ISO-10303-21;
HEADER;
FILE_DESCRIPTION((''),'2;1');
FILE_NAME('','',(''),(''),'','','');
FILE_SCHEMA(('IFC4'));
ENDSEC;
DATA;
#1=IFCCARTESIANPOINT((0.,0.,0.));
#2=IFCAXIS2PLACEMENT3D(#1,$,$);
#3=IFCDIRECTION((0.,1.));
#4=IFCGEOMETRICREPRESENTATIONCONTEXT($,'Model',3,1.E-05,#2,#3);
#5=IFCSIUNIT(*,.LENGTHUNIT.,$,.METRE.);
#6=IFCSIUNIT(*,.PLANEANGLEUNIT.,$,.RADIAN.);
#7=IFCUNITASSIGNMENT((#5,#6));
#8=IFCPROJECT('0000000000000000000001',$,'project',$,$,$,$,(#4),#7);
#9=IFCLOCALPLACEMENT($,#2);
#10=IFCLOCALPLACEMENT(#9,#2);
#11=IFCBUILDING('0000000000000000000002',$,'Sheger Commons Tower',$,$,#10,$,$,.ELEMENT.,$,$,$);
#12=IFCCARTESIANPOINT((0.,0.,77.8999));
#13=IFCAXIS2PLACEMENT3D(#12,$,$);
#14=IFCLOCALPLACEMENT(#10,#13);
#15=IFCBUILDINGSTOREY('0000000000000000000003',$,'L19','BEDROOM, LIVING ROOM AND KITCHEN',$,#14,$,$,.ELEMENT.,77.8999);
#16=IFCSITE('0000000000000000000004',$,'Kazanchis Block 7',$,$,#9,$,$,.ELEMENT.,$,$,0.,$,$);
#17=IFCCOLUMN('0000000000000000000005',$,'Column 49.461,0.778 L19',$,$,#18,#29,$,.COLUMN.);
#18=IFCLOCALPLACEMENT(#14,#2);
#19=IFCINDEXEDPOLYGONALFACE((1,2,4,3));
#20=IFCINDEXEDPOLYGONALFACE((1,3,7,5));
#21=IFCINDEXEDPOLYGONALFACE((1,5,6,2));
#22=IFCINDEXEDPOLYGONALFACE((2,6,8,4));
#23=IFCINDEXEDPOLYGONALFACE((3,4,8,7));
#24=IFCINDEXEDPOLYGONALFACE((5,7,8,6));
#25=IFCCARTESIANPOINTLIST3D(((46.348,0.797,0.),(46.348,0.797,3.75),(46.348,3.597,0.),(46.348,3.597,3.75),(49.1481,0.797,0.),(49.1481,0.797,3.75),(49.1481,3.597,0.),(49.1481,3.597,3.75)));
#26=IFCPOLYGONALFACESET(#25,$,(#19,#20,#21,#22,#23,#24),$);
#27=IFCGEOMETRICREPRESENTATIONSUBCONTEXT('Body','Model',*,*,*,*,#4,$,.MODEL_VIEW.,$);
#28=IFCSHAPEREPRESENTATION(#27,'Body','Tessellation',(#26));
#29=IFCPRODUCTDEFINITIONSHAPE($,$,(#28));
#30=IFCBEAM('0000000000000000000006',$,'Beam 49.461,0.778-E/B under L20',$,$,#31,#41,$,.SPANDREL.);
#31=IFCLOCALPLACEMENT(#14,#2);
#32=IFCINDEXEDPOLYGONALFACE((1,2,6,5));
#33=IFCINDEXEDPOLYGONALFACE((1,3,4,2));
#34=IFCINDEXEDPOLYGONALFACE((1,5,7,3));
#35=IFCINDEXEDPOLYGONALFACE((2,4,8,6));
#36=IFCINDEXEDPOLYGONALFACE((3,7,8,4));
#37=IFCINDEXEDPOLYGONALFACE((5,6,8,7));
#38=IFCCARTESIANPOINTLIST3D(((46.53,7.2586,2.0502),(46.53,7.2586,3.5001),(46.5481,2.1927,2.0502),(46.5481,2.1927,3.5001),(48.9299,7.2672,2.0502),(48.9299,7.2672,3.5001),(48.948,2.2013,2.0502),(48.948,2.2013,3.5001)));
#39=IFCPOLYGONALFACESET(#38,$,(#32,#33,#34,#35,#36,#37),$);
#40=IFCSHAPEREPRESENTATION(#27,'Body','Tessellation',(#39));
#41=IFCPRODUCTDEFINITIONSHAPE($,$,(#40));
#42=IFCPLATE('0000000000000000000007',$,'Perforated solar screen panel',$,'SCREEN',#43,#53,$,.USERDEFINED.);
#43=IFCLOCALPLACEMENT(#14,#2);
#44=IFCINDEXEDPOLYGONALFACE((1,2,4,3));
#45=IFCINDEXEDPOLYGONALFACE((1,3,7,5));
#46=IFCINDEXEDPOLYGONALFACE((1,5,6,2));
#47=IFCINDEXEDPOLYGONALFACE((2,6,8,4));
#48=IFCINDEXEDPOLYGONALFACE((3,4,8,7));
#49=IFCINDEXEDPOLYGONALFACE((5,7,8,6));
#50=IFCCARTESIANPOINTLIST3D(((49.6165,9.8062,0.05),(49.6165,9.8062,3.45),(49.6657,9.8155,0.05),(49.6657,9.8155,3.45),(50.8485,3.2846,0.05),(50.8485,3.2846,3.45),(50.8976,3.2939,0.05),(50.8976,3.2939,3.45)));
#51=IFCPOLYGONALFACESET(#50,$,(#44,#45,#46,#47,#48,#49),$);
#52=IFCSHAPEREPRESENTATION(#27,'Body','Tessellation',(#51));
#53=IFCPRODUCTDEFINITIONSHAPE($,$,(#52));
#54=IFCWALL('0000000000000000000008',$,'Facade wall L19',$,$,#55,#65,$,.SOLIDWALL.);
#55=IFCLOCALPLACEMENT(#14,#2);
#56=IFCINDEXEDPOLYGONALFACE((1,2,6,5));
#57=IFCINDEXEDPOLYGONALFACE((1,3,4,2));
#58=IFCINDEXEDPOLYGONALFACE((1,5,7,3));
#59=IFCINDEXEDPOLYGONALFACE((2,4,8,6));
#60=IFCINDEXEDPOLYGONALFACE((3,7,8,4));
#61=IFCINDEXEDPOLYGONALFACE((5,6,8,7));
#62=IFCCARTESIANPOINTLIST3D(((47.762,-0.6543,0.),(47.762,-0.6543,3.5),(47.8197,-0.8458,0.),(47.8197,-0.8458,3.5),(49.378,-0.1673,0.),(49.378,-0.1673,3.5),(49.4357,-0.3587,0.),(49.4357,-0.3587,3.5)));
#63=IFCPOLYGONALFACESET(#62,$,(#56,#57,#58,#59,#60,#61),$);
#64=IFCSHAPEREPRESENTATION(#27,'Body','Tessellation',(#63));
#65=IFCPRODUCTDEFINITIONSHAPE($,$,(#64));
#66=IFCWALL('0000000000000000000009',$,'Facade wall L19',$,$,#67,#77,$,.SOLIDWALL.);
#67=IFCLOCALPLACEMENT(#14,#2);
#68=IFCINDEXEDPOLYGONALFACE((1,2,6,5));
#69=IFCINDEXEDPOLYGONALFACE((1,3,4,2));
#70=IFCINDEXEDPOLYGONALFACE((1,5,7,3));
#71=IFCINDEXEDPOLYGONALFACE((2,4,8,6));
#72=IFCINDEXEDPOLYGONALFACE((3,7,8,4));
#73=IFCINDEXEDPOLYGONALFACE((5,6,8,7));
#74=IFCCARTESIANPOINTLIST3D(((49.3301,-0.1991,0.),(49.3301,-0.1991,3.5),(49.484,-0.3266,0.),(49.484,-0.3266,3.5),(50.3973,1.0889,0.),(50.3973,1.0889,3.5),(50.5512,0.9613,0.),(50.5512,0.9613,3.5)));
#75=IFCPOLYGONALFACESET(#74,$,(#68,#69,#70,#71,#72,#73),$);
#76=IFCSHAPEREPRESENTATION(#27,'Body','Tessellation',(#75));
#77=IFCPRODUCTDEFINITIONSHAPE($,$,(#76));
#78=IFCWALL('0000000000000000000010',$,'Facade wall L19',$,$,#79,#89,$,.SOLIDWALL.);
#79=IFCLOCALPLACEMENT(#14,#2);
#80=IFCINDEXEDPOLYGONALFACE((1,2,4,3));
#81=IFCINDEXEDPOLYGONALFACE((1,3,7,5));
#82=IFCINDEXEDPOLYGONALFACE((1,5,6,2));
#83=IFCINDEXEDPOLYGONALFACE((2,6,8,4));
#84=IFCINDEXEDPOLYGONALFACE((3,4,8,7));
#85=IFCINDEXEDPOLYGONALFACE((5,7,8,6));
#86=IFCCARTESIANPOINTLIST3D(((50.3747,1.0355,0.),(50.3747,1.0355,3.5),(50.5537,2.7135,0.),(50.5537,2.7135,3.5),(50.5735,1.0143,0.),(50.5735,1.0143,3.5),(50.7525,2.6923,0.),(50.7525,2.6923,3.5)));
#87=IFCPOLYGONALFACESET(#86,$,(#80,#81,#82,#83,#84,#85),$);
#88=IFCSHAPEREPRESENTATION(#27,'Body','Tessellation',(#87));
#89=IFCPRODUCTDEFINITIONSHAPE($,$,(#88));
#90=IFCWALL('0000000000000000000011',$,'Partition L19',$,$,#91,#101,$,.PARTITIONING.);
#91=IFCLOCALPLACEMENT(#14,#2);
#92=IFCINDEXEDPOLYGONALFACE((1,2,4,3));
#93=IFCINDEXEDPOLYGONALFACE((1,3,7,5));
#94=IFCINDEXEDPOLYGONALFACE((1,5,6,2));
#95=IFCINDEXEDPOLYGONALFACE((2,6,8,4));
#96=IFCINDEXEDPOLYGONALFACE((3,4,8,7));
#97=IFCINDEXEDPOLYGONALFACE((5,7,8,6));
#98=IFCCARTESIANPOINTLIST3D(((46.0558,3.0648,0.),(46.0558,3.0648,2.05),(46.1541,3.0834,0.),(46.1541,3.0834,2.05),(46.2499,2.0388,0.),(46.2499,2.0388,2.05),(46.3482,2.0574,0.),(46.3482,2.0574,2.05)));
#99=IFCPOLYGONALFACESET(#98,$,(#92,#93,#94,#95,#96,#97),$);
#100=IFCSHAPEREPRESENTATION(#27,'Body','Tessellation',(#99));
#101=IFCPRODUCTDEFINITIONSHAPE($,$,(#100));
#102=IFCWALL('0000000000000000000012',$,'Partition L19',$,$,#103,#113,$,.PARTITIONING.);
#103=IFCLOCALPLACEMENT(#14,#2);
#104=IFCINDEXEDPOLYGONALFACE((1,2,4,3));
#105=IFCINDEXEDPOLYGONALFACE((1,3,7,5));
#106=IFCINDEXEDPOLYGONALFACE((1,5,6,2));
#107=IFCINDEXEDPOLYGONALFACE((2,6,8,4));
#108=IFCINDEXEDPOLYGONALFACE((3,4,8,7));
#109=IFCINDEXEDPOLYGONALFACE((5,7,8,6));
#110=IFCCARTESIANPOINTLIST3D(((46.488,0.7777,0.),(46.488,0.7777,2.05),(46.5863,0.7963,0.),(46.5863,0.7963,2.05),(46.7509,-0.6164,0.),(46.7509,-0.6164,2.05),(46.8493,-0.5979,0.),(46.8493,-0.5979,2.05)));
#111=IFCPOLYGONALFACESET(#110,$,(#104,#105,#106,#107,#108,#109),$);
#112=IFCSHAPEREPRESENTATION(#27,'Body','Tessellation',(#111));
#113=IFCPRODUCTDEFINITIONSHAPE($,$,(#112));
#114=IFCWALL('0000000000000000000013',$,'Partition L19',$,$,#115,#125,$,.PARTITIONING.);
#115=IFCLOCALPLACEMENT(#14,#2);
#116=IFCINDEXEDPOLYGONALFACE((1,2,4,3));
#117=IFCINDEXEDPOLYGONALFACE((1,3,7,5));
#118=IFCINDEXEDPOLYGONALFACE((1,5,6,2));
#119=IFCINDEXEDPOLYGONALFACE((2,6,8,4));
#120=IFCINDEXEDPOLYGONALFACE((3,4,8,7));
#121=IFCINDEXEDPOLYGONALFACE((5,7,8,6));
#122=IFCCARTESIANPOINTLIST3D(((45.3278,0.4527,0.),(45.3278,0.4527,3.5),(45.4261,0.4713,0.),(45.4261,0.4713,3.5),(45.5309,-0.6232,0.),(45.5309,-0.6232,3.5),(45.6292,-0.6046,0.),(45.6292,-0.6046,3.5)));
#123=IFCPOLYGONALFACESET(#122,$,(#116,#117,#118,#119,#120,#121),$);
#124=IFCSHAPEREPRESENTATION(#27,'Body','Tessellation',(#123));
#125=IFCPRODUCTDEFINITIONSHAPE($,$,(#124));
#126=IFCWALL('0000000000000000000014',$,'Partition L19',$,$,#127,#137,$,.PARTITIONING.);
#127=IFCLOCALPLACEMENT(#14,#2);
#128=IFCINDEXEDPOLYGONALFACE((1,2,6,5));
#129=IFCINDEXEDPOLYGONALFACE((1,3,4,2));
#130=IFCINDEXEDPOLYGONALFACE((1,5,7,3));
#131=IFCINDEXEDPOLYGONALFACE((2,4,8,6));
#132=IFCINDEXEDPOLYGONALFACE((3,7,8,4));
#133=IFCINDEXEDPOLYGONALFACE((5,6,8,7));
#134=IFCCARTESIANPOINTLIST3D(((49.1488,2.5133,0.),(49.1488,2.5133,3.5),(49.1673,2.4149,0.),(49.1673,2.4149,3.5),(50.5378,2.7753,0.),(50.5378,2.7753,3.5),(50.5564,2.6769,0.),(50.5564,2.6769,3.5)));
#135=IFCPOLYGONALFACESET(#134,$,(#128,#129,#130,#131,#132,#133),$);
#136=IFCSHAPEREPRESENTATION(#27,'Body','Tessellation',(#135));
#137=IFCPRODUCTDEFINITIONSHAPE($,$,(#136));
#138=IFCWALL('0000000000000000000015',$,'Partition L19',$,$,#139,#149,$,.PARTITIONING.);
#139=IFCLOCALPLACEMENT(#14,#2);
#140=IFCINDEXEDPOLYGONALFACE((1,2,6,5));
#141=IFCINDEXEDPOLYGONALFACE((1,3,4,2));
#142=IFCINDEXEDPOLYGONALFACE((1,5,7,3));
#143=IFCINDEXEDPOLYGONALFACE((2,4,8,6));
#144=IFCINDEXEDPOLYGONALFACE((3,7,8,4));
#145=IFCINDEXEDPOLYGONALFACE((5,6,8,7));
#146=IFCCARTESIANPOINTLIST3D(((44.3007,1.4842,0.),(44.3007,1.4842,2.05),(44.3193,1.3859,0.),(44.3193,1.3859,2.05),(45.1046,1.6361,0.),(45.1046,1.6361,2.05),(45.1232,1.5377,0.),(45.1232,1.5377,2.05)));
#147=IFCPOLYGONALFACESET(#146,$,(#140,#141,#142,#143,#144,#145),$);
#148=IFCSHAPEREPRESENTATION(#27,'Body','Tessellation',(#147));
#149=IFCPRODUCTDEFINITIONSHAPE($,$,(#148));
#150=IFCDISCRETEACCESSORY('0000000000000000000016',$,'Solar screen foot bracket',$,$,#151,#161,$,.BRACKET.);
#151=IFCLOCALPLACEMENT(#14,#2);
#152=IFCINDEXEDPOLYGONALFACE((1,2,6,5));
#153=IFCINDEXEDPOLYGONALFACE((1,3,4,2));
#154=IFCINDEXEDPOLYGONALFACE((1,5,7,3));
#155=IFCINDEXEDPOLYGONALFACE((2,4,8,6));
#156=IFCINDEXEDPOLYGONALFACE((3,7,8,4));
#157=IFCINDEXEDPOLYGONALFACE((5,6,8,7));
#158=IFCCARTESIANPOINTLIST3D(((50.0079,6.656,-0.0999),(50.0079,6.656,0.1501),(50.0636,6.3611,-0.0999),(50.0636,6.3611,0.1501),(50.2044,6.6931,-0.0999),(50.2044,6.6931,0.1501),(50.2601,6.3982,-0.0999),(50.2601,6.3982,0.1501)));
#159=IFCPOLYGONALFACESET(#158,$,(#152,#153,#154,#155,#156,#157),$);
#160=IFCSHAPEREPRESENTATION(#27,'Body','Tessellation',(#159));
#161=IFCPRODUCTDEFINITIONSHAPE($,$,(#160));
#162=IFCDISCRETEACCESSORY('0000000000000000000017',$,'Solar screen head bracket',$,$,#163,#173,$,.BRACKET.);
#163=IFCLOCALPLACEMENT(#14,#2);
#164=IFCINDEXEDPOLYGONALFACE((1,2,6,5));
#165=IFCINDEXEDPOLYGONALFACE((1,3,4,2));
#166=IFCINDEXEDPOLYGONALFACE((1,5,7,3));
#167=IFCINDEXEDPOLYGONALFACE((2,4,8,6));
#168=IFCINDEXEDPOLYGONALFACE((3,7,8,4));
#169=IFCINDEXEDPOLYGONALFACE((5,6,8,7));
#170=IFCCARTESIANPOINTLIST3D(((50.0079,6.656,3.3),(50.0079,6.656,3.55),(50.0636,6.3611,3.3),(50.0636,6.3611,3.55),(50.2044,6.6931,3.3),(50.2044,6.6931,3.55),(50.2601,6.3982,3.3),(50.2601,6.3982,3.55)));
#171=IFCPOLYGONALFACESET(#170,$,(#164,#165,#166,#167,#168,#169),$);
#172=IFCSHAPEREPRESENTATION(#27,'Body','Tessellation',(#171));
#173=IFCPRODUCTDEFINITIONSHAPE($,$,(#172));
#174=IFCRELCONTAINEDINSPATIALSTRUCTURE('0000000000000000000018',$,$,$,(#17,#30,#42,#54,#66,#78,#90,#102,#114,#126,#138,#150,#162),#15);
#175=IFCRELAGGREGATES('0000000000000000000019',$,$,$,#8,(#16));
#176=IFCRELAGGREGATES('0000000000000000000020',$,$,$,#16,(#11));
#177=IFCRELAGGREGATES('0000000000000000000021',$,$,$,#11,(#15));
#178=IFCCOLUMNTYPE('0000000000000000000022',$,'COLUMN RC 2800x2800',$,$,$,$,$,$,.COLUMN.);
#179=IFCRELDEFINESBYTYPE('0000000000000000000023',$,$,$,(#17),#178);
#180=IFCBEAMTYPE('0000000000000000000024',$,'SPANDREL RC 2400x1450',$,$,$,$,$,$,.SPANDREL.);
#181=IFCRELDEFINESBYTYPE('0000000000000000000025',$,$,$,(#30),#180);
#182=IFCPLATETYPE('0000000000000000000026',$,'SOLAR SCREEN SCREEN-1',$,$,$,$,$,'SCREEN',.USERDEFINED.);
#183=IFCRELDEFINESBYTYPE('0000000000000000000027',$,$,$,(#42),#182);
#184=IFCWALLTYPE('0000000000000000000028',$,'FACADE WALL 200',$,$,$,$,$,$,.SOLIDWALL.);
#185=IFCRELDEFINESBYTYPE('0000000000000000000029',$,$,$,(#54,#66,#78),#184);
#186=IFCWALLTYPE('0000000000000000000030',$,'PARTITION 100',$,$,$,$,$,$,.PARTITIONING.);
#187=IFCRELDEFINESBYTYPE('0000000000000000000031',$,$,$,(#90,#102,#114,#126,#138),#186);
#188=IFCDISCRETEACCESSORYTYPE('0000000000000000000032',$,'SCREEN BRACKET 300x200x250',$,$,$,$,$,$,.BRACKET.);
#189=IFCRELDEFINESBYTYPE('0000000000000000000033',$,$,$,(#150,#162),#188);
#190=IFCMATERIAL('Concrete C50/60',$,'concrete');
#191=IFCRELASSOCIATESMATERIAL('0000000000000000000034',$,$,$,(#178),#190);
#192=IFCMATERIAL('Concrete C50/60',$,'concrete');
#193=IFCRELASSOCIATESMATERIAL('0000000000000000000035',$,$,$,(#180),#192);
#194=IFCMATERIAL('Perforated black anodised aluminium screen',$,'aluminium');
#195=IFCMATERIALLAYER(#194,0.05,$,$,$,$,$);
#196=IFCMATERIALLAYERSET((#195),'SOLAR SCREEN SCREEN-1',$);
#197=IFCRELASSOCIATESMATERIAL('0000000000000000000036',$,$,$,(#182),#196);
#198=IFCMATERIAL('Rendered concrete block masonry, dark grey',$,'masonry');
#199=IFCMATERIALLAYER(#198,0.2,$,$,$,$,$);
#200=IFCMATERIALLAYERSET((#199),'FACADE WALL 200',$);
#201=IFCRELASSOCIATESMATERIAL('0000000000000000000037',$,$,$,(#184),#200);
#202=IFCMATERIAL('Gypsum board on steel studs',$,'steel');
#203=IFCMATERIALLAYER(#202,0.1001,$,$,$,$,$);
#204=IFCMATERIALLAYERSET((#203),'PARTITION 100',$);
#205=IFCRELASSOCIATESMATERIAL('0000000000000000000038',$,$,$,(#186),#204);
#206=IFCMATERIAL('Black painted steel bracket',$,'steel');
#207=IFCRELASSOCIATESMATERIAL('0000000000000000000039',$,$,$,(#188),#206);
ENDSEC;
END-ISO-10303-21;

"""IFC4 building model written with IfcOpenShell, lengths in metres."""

from ifc_helpers import new_model, si_unit, direction, frame, frame_2d, origin, origin_2d, place, context, subcontext, project, spatial, rectangle, extrude, material, layer, layer_set, material_profile, profile_set, type_object, element, save


model = new_model("IFC4")

# Units and contexts
model_context = context("Model", 3, precision=1e-05, world=origin(), true_north=direction((0.0, 1.0)))
body_context = subcontext(model_context, "Body", "Model", "MODEL_VIEW")
ifc_project = project(units=[si_unit("LENGTHUNIT", "METRE"), si_unit("PLANEANGLEUNIT", "RADIAN")], contexts=[model_context])

# Site, building, storey
site_placement = place(None, origin())
site = spatial("IfcSite", under=ifc_project, at=site_placement, Name="Kazanchis Block 7", CompositionType="ELEMENT", RefElevation=0.0)
building_placement = place(site_placement, origin())
building = spatial("IfcBuilding", under=site, at=building_placement, Name="Sheger Commons Tower", CompositionType="ELEMENT")
storey_placement = place(building_placement, frame((0.0, 0.0, 77.8999)))
storey = spatial("IfcBuildingStorey", under=building, at=storey_placement, Name="L19", Description="BEDROOM, LIVING ROOM AND KITCHEN", CompositionType="ELEMENT", Elevation=77.8999)

# Column
ifc_material_1 = material(Name="Concrete C50/60", Category="concrete")
ifc_material_profile_1 = material_profile(ifc_material_1, rectangle(XDim=2.8, YDim=2.8, at=origin_2d()), Name="RC 2800x2800")
ifc_profile_set_1 = profile_set([ifc_material_profile_1], Name="Concrete C50/60")
column_type = type_object("IfcColumnType", Name="COLUMN RC 2800x2800", PredefinedType="COLUMN", material=ifc_profile_set_1)
column_placement = place(storey_placement, frame((47.748, 2.197, 0.0), z_axis=(0.0, 0.0, 1.0), x_axis=(1.0, 0.0, 0.0)))
element("IfcColumn", 1, at=column_placement, inside=storey, type_object=column_type, Name="Column 49.461,0.778 L19", PredefinedType="COLUMN", context=body_context, shape_type="SweptSolid", body=[
    extrude(rectangle(XDim=2.8, YDim=2.8, at=origin_2d()), origin(), (0.0, 0.0, 1.0), 3.75),
])

# Beam
ifc_material_2 = material(Name="Concrete C50/60", Category="concrete")
ifc_material_profile_2 = material_profile(ifc_material_2, rectangle(XDim=2.3999, YDim=1.45, at=origin_2d()), Name="RC 2400x1450")
ifc_profile_set_2 = profile_set([ifc_material_profile_2], Name="Concrete C50/60")
beam_type = type_object("IfcBeamType", Name="SPANDREL RC 2400x1450", PredefinedType="SPANDREL", material=ifc_profile_set_2)
beam_placement = place(storey_placement, frame((47.748, 2.197, 2.7751), z_axis=(-0.003566, 0.999994, 0.0), x_axis=(-0.999994, -0.003566, 0.0)))
element("IfcBeam", 2, at=beam_placement, inside=storey, type_object=beam_type, Name="Beam 49.461,0.778-E/B under L20", PredefinedType="SPANDREL", context=body_context, shape_type="SweptSolid", body=[
    extrude(rectangle(XDim=2.3999, YDim=1.45, at=origin_2d()), origin(), (0.0, 0.0, 1.0), 5.0659),
])

# Plate
ifc_material_3 = material(Name="Perforated black anodised aluminium screen", Category="aluminium")
ifc_layer_1 = layer(ifc_material_3, 0.05)
ifc_layer_set_1 = layer_set([ifc_layer_1], Name="SOLAR SCREEN SCREEN-1")
plate_type = type_object("IfcPlateType", Name="SOLAR SCREEN SCREEN-1", ElementType="SCREEN", PredefinedType="USERDEFINED", material=ifc_layer_set_1)
plate_placement = place(storey_placement, frame((50.2571, 6.55, 0.05), z_axis=(0.0, 0.0, 1.0), x_axis=(-0.185615, 0.982623, 0.0)))
element("IfcPlate", 3, at=plate_placement, inside=storey, type_object=plate_type, Name="Perforated solar screen panel", ObjectType="SCREEN", PredefinedType="USERDEFINED", context=body_context, shape_type="SweptSolid", body=[
    extrude(rectangle(XDim=6.637, YDim=0.05, at=origin_2d()), origin(), (0.0, 0.0, 1.0), 3.3999),
])

# Walls
ifc_material_4 = material(Name="Rendered concrete block masonry, dark grey", Category="masonry")
ifc_layer_2 = layer(ifc_material_4, 0.2)
ifc_layer_set_2 = layer_set([ifc_layer_2], Name="FACADE WALL 200")
wall_type_1 = type_object("IfcWallType", Name="FACADE WALL 200", PredefinedType="SOLIDWALL", material=ifc_layer_set_2)
wall_1_placement = place(storey_placement, frame((47.791, -0.75, 0.0), z_axis=(0.0, 0.0, 1.0), x_axis=(0.957455, 0.288582, 0.0)))
element("IfcWall", 4, at=wall_1_placement, inside=storey, type_object=wall_type_1, Name="Facade wall L19", PredefinedType="SOLIDWALL", context=body_context, shape_type="SweptSolid", body=[
    extrude(rectangle(XDim=1.6877, YDim=0.2, at=frame_2d((0.8438, 0.0))), origin(), (0.0, 0.0, 1.0), 3.5),
])
wall_2_placement = place(storey_placement, frame((49.407, -0.2629, 0.0), z_axis=(0.0, 0.0, 1.0), x_axis=(0.638043, 0.770001, 0.0)))
element("IfcWall", 5, at=wall_2_placement, inside=storey, type_object=wall_type_1, Name="Facade wall L19", PredefinedType="SOLIDWALL", context=body_context, shape_type="SweptSolid", body=[
    extrude(rectangle(XDim=1.6726, YDim=0.2, at=frame_2d((0.8364, 0.0))), origin(), (0.0, 0.0, 1.0), 3.5),
])
wall_3_placement = place(storey_placement, frame((50.4741, 1.0249, 0.0), z_axis=(0.0, 0.0, 1.0), x_axis=(0.106048, 0.994361, 0.0)))
element("IfcWall", 6, at=wall_3_placement, inside=storey, type_object=wall_type_1, Name="Facade wall L19", PredefinedType="SOLIDWALL", context=body_context, shape_type="SweptSolid", body=[
    extrude(rectangle(XDim=1.6875, YDim=0.2, at=frame_2d((0.8438, 0.0))), origin(), (0.0, 0.0, 1.0), 3.5),
])

# Walls
ifc_material_5 = material(Name="Gypsum board on steel studs", Category="steel")
ifc_layer_3 = layer(ifc_material_5, 0.1001)
ifc_layer_set_3 = layer_set([ifc_layer_3], Name="PARTITION 100")
wall_type_2 = type_object("IfcWallType", Name="PARTITION 100", PredefinedType="PARTITIONING", material=ifc_layer_set_3)
wall_4_placement = place(storey_placement, frame((46.105, 3.074, 0.0), z_axis=(0.0, 0.0, 1.0), x_axis=(0.185898, -0.982569, 0.0)))
element("IfcWall", 7, at=wall_4_placement, inside=storey, type_object=wall_type_2, Name="Partition L19", PredefinedType="PARTITIONING", context=body_context, shape_type="SweptSolid", body=[
    extrude(rectangle(XDim=1.0442, YDim=0.1001, at=frame_2d((0.522, 0.0))), origin(), (0.0, 0.0, 1.0), 2.05),
])
wall_5_placement = place(storey_placement, frame((46.5371, 0.7871, 0.0), z_axis=(0.0, 0.0, 1.0), x_axis=(0.185348, -0.982673, 0.0)))
element("IfcWall", 8, at=wall_5_placement, inside=storey, type_object=wall_type_2, Name="Partition L19", PredefinedType="PARTITIONING", context=body_context, shape_type="SweptSolid", body=[
    extrude(rectangle(XDim=1.4187, YDim=0.1001, at=frame_2d((0.7095, 0.0))), origin(), (0.0, 0.0, 1.0), 2.05),
])
wall_6_placement = place(storey_placement, frame((45.377, 0.4619, 0.0), z_axis=(0.0, 0.0, 1.0), x_axis=(0.185513, -0.982642, 0.0)))
element("IfcWall", 9, at=wall_6_placement, inside=storey, type_object=wall_type_2, Name="Partition L19", PredefinedType="PARTITIONING", context=body_context, shape_type="SweptSolid", body=[
    extrude(rectangle(XDim=1.095, YDim=0.1001, at=frame_2d((0.5474, 0.0))), origin(), (0.0, 0.0, 1.0), 3.5),
])
wall_7_placement = place(storey_placement, frame((50.5471, 2.7261, 0.0), z_axis=(0.0, 0.0, 1.0), x_axis=(-0.98268, -0.18531, 0.0)))
element("IfcWall", 10, at=wall_7_placement, inside=storey, type_object=wall_type_2, Name="Partition L19", PredefinedType="PARTITIONING", context=body_context, shape_type="SweptSolid", body=[
    extrude(rectangle(XDim=1.4136, YDim=0.1001, at=frame_2d((0.7068, 0.0))), origin(), (0.0, 0.0, 1.0), 3.5),
])
wall_8_placement = place(storey_placement, frame((45.114, 1.5869, 0.0), z_axis=(0.0, 0.0, 1.0), x_axis=(-0.982625, -0.185604, 0.0)))
element("IfcWall", 11, at=wall_8_placement, inside=storey, type_object=wall_type_2, Name="Partition L19", PredefinedType="PARTITIONING", context=body_context, shape_type="SweptSolid", body=[
    extrude(rectangle(XDim=0.8181, YDim=0.1001, at=frame_2d((0.4092, 0.0))), origin(), (0.0, 0.0, 1.0), 2.05),
])

# Discrete accessories
ifc_material_6 = material(Name="Black painted steel bracket", Category="steel")
discrete_accessory_type = type_object("IfcDiscreteAccessoryType", Name="SCREEN BRACKET 300x200x250", PredefinedType="BRACKET", material=ifc_material_6)
for number, where, z_axis, x_axis, name in (
    (12, (50.134, 6.5271, -0.0999), (0.0, 0.0, 1.0), (-0.185615, 0.982623, 0.0), "Solar screen foot bracket"),
    (13, (50.134, 6.5271, 3.3), (0.0, 0.0, 1.0), (-0.185615, 0.982623, 0.0), "Solar screen head bracket"),
):
    element("IfcDiscreteAccessory", number, at=place(storey_placement, frame(where, z_axis=z_axis, x_axis=x_axis)), inside=storey, type_object=discrete_accessory_type, Name=name, PredefinedType="BRACKET", context=body_context, shape_type="SweptSolid", body=[
        extrude(rectangle(XDim=0.3, YDim=0.2, at=origin_2d()), origin(), (0.0, 0.0, 1.0), 0.25),
    ])

save(model, "model.ifc")
